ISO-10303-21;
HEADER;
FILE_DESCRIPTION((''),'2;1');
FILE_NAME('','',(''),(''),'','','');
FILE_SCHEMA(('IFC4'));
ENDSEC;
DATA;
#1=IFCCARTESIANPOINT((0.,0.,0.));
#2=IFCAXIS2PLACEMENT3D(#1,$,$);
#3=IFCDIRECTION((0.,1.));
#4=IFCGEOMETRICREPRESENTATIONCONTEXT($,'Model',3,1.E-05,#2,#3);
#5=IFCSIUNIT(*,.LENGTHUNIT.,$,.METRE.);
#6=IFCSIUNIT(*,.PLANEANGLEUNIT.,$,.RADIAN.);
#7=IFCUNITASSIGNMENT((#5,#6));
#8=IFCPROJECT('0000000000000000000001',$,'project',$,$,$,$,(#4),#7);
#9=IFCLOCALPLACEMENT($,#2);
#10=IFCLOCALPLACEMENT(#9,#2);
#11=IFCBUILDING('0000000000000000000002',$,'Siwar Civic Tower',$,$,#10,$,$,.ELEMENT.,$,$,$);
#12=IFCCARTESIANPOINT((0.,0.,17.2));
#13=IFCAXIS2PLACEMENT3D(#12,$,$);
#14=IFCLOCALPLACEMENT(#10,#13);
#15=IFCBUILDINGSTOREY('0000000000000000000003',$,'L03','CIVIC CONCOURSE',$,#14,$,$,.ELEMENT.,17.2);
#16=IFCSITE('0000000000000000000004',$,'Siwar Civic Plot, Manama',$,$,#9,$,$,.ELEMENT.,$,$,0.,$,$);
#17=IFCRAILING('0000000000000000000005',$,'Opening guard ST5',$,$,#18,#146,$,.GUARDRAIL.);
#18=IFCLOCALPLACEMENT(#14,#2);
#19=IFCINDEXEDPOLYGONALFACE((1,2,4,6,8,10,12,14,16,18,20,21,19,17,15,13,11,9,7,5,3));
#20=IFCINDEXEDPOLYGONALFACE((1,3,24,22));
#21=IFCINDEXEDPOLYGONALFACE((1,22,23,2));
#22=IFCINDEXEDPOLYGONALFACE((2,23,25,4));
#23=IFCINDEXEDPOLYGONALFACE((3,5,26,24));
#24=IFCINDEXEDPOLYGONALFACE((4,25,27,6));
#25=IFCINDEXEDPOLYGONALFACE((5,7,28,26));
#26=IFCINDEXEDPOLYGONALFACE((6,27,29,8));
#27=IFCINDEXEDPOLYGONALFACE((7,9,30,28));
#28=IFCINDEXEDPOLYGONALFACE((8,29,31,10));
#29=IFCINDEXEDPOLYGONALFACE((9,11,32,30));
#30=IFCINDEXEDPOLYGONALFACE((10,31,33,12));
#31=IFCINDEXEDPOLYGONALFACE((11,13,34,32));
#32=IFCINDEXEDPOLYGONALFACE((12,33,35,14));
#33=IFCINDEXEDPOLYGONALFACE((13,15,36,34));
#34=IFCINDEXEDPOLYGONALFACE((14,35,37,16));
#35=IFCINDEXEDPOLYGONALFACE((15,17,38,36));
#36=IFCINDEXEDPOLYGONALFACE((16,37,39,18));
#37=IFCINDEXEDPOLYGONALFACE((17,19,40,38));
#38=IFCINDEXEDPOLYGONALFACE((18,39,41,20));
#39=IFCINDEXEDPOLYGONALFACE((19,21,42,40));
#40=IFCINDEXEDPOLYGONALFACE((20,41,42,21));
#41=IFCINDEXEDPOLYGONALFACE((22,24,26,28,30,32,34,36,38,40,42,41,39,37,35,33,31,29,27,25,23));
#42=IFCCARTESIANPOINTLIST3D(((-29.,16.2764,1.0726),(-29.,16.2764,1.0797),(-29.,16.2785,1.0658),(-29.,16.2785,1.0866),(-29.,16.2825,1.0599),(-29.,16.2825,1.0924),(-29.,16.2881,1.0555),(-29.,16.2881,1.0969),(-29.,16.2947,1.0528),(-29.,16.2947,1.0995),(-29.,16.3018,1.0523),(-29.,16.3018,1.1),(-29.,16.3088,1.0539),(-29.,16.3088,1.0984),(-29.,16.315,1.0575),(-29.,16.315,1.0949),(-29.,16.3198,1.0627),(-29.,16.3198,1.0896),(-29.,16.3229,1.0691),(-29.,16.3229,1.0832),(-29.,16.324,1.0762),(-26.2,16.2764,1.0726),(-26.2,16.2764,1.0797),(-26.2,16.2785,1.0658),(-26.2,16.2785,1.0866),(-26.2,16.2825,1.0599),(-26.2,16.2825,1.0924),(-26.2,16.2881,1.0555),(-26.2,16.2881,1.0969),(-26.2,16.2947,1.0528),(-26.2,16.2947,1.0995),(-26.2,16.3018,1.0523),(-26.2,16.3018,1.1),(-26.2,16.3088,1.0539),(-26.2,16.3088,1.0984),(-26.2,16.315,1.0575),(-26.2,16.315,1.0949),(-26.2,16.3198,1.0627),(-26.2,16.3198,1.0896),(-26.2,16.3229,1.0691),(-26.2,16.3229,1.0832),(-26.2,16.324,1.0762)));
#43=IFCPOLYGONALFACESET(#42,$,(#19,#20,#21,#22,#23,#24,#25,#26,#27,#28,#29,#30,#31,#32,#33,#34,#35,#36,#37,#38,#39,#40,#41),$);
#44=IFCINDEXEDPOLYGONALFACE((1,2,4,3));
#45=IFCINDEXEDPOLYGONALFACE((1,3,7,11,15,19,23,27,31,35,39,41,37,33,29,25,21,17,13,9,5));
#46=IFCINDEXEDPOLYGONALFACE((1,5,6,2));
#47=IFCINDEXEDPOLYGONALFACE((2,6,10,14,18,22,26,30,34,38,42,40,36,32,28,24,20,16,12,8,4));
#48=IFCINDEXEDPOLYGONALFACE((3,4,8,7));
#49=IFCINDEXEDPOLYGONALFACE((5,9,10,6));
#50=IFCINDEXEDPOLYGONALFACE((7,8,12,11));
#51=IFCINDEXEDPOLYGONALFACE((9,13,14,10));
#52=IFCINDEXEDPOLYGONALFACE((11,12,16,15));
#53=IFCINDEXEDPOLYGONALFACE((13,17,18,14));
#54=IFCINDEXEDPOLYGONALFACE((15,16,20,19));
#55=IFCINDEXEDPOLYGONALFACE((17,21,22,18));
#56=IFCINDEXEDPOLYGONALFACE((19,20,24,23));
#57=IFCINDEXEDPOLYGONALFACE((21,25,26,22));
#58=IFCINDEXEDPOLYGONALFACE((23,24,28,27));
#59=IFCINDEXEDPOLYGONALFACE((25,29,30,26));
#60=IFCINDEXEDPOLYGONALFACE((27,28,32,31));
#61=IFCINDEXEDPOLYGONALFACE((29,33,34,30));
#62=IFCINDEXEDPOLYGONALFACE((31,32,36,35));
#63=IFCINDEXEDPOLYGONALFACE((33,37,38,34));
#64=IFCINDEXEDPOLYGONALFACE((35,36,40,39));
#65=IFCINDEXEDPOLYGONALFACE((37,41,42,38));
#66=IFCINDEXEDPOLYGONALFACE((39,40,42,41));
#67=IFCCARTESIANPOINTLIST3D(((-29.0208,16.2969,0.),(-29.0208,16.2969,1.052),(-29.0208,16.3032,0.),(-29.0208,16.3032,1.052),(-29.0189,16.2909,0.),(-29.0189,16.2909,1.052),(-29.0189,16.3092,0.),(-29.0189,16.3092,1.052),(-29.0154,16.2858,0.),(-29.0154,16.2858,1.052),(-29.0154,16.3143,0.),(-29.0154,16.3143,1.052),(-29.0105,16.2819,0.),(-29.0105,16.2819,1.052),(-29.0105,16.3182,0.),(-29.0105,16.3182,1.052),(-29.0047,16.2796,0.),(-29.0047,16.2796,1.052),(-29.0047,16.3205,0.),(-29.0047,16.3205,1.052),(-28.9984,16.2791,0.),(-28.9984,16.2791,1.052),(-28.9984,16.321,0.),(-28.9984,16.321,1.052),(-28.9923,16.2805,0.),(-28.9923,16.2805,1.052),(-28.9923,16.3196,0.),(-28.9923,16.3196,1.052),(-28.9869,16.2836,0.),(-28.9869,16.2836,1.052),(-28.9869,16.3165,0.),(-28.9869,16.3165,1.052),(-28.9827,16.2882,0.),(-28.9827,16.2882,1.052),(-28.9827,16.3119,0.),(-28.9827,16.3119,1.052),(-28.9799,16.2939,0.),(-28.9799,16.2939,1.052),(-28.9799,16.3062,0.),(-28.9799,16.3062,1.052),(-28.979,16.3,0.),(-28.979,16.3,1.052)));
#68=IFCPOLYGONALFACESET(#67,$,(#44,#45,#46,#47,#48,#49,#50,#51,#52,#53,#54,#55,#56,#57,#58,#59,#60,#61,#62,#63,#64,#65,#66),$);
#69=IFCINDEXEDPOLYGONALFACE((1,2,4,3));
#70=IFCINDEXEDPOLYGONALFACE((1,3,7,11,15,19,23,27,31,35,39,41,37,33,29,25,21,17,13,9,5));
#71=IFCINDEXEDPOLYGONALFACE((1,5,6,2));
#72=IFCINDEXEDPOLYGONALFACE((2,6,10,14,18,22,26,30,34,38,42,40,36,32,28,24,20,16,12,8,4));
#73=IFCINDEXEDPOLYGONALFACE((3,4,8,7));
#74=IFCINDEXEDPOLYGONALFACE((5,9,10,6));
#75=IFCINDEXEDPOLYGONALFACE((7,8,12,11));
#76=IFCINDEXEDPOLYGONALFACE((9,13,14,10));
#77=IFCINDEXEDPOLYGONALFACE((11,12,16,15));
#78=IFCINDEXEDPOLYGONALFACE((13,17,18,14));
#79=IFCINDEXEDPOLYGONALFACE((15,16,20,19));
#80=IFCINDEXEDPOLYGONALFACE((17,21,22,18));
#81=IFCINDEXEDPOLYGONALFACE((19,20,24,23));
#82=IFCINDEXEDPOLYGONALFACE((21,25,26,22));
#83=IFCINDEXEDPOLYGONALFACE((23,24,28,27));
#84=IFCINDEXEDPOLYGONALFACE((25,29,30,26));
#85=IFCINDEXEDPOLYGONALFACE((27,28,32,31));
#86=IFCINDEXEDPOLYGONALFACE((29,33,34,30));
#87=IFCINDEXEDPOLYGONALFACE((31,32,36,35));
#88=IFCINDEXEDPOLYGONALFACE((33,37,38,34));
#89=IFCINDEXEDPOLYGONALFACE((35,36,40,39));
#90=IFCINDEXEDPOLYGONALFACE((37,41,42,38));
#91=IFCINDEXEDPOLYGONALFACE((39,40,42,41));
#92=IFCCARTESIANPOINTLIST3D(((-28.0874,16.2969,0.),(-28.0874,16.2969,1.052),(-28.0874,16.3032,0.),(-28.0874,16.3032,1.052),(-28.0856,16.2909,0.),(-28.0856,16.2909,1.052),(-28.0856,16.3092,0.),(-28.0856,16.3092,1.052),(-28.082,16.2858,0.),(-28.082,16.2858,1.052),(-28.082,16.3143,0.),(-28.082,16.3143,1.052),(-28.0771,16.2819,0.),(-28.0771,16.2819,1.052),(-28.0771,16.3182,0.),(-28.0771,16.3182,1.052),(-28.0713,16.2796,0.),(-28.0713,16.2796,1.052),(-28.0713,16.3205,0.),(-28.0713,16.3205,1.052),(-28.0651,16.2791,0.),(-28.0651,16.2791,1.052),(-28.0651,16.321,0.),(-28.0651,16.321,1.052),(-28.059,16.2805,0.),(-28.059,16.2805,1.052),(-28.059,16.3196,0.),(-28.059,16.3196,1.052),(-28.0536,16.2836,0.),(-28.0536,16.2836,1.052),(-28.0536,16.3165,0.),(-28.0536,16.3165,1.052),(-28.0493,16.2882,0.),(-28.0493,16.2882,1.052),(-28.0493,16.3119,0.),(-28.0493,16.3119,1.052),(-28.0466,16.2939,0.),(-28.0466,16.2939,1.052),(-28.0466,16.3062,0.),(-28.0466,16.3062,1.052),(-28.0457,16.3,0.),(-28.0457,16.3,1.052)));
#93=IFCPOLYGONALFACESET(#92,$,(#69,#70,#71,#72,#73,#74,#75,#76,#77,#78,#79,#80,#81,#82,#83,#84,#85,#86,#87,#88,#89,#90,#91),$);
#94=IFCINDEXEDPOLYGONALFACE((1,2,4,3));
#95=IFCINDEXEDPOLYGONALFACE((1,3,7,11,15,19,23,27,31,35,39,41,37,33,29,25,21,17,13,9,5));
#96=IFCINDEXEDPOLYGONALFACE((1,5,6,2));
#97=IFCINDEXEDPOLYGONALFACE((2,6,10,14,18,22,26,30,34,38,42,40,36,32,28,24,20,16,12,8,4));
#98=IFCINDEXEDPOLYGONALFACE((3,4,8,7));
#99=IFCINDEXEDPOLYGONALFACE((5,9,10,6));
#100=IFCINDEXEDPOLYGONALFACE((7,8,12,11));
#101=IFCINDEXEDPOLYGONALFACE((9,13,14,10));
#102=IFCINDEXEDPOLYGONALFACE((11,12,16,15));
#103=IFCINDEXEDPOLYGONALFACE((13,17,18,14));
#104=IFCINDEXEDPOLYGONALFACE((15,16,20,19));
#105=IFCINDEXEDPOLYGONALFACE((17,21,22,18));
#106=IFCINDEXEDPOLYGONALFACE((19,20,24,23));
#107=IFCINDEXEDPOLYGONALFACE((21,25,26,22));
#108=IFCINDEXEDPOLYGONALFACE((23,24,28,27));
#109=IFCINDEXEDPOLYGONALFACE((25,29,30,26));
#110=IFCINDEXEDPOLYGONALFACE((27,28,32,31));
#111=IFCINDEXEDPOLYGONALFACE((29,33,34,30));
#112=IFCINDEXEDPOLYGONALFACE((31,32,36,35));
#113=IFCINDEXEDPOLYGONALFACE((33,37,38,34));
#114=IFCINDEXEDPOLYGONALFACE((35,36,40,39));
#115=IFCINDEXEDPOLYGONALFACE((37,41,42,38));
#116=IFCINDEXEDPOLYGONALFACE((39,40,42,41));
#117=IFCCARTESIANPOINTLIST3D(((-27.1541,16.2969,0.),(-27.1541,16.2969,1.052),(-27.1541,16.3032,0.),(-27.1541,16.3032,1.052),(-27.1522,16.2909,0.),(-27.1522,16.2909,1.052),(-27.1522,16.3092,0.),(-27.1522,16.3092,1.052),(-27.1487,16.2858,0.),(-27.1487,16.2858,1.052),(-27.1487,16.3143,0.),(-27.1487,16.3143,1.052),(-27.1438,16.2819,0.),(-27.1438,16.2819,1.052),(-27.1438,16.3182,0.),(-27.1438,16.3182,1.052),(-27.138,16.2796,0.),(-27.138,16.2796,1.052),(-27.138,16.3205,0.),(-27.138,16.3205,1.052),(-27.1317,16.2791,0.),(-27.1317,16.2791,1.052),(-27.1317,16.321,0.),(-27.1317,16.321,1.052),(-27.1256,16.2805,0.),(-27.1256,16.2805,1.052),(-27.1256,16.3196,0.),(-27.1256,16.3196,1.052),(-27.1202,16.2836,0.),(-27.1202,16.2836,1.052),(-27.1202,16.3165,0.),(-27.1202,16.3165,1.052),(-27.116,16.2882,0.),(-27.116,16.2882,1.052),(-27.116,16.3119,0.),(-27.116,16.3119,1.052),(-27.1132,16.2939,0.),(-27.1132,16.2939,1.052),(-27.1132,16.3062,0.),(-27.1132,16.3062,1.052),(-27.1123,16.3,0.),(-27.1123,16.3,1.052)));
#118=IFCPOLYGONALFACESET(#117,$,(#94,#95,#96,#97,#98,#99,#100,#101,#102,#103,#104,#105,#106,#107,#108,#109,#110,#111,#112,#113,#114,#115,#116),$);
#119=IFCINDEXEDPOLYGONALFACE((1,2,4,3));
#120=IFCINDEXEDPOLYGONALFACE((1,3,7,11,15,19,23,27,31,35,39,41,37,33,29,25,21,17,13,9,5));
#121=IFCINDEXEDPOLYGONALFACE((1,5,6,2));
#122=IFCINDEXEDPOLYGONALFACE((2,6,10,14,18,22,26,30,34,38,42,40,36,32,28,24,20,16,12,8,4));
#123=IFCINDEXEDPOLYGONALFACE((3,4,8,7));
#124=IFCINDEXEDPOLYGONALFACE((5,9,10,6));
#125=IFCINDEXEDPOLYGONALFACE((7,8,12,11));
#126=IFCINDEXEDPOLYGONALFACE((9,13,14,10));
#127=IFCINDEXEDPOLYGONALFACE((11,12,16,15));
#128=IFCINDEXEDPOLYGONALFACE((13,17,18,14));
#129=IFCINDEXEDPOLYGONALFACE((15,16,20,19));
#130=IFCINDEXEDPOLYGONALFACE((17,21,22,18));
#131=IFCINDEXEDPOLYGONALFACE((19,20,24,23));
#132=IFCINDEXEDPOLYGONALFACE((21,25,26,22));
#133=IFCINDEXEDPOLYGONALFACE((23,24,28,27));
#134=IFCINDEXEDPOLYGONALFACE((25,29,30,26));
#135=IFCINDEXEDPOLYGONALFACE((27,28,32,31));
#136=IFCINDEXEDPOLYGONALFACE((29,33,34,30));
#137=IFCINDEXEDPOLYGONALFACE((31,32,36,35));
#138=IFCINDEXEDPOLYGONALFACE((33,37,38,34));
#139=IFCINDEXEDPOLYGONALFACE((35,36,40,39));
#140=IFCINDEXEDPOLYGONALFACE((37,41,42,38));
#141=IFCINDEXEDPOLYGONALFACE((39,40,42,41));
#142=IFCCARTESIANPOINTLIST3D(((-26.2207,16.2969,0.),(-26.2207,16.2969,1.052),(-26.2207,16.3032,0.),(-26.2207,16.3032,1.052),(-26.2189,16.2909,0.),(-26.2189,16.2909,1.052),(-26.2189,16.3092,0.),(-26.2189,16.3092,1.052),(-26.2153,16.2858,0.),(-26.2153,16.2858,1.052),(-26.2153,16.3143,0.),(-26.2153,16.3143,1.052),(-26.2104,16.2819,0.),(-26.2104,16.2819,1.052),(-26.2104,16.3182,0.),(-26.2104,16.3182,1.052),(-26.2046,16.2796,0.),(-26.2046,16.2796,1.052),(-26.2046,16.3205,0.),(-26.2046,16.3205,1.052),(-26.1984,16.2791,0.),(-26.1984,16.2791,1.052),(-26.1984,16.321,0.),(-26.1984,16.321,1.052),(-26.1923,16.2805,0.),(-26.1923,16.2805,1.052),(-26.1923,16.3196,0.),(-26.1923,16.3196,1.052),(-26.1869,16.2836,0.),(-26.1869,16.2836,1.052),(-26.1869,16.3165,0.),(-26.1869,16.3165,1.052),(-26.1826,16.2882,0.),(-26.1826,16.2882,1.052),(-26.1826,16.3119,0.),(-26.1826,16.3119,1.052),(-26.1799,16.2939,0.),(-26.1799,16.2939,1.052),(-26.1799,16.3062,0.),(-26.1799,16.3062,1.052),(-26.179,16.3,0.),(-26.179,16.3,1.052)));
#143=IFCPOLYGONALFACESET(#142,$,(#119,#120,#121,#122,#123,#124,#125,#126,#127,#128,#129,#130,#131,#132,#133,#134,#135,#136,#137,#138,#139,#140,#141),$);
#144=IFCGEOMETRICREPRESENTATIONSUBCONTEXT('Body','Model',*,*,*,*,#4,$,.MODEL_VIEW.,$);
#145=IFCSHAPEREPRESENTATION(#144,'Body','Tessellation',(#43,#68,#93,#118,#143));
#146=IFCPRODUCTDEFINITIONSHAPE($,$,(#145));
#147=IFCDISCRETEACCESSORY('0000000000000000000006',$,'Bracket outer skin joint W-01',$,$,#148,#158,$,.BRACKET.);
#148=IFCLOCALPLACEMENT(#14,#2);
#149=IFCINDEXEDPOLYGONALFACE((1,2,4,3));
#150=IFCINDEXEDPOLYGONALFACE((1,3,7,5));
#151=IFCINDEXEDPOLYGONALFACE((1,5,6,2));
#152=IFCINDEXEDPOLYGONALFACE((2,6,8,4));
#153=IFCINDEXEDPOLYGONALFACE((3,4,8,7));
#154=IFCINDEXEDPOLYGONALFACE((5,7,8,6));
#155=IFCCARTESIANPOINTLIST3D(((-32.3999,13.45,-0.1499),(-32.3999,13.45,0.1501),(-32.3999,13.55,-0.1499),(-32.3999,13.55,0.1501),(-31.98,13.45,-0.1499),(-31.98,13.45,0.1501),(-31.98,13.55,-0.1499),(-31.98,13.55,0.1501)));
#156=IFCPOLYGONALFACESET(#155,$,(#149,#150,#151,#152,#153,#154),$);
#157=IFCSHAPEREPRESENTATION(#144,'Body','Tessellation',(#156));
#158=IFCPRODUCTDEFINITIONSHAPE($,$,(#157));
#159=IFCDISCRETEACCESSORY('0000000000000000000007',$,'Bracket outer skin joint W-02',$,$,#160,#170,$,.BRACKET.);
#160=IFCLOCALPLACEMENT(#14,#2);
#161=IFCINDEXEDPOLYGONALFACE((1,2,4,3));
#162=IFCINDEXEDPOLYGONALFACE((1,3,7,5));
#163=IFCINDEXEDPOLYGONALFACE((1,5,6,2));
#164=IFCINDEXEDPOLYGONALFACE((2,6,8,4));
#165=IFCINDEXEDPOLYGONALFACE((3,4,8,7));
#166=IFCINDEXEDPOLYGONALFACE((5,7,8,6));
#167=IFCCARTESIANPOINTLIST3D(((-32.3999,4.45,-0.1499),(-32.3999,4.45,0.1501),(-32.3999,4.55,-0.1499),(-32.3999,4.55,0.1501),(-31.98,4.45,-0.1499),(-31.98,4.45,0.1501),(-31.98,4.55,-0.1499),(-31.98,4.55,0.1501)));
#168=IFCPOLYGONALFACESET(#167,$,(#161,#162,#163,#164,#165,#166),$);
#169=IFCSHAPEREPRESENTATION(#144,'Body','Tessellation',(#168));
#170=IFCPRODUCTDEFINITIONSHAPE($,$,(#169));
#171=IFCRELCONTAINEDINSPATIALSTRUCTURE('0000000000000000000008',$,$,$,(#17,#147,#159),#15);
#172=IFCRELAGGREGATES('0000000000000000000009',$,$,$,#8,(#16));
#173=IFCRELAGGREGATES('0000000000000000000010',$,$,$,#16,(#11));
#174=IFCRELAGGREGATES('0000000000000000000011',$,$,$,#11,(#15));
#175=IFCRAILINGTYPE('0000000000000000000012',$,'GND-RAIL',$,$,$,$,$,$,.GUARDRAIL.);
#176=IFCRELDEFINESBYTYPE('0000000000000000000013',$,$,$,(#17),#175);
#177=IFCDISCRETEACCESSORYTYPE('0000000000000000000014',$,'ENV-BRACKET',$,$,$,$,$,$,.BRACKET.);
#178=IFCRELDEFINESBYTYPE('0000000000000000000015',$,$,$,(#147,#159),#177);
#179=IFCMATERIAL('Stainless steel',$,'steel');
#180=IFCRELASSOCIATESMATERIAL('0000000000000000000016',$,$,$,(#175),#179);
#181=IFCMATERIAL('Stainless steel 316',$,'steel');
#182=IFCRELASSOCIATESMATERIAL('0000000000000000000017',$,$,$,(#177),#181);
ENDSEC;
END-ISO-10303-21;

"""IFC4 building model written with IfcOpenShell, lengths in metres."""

from ifc_helpers import new_model, si_unit, direction, frame, origin, origin_2d, place, context, subcontext, project, spatial, rectangle, circle, extrude, material, type_object, element, save


model = new_model("IFC4")

# Units and contexts
model_context = context("Model", 3, precision=1e-05, world=origin(), true_north=direction((0.0, 1.0)))
body_context = subcontext(model_context, "Body", "Model", "MODEL_VIEW")
ifc_project = project(units=[si_unit("LENGTHUNIT", "METRE"), si_unit("PLANEANGLEUNIT", "RADIAN")], contexts=[model_context])

# Site, building, storey
site_placement = place(None, origin())
site = spatial("IfcSite", under=ifc_project, at=site_placement, Name="Siwar Civic Plot, Manama", CompositionType="ELEMENT", RefElevation=0.0)
building_placement = place(site_placement, origin())
building = spatial("IfcBuilding", under=site, at=building_placement, Name="Siwar Civic Tower", CompositionType="ELEMENT")
storey_placement = place(building_placement, frame((0.0, 0.0, 17.2)))
storey = spatial("IfcBuildingStorey", under=building, at=storey_placement, Name="L03", Description="CIVIC CONCOURSE", CompositionType="ELEMENT", Elevation=17.2)

# Railing
ifc_material_1 = material(Name="Stainless steel", Category="steel")
railing_type = type_object("IfcRailingType", Name="GND-RAIL", PredefinedType="GUARDRAIL", material=ifc_material_1)
railing_placement = place(storey_placement, frame((-29.0, 16.3, 0.0)))
element("IfcRailing", 1, at=railing_placement, inside=storey, type_object=railing_type, Name="Opening guard ST5", PredefinedType="GUARDRAIL", context=body_context, shape_type="SweptSolid", body=[
    extrude(circle(Radius=0.0239, at=origin_2d()), frame((0.0, 0.0, 1.0762), z_axis=(1.0, 0.0, 0.0), x_axis=(0.0, 1.0, 0.0)), (0.0, 0.0, 1.0), 2.8),
    extrude(circle(Radius=0.021, at=origin_2d()), origin(), (0.0, 0.0, 1.0), 1.052),
    extrude(circle(Radius=0.021, at=origin_2d()), frame((0.9333, 0.0, 0.0)), (0.0, 0.0, 1.0), 1.052),
    extrude(circle(Radius=0.021, at=origin_2d()), frame((1.8667, 0.0, 0.0)), (0.0, 0.0, 1.0), 1.052),
    extrude(circle(Radius=0.021, at=origin_2d()), frame((2.8, 0.0, 0.0)), (0.0, 0.0, 1.0), 1.052),
])

# Discrete accessories
ifc_material_2 = material(Name="Stainless steel 316", Category="steel")
discrete_accessory_type = type_object("IfcDiscreteAccessoryType", Name="ENV-BRACKET", PredefinedType="BRACKET", material=ifc_material_2)
for number, where, z_axis, x_axis, name in (
    (2, (-32.1899, 13.5, -0.1499), (0.0, 0.0, 1.0), (-1.0, 0.0, 0.0), "Bracket outer skin joint W-01"),
    (3, (-32.1899, 4.5, -0.1499), (0.0, 0.0, 1.0), (-1.0, 0.0, 0.0), "Bracket outer skin joint W-02"),
):
    element("IfcDiscreteAccessory", number, at=place(storey_placement, frame(where, z_axis=z_axis, x_axis=x_axis)), inside=storey, type_object=discrete_accessory_type, Name=name, PredefinedType="BRACKET", context=body_context, shape_type="SweptSolid", body=[
        extrude(rectangle(XDim=0.4199, YDim=0.1001, at=origin_2d()), origin(), (0.0, 0.0, 1.0), 0.3),
    ])

save(model, "model.ifc")
